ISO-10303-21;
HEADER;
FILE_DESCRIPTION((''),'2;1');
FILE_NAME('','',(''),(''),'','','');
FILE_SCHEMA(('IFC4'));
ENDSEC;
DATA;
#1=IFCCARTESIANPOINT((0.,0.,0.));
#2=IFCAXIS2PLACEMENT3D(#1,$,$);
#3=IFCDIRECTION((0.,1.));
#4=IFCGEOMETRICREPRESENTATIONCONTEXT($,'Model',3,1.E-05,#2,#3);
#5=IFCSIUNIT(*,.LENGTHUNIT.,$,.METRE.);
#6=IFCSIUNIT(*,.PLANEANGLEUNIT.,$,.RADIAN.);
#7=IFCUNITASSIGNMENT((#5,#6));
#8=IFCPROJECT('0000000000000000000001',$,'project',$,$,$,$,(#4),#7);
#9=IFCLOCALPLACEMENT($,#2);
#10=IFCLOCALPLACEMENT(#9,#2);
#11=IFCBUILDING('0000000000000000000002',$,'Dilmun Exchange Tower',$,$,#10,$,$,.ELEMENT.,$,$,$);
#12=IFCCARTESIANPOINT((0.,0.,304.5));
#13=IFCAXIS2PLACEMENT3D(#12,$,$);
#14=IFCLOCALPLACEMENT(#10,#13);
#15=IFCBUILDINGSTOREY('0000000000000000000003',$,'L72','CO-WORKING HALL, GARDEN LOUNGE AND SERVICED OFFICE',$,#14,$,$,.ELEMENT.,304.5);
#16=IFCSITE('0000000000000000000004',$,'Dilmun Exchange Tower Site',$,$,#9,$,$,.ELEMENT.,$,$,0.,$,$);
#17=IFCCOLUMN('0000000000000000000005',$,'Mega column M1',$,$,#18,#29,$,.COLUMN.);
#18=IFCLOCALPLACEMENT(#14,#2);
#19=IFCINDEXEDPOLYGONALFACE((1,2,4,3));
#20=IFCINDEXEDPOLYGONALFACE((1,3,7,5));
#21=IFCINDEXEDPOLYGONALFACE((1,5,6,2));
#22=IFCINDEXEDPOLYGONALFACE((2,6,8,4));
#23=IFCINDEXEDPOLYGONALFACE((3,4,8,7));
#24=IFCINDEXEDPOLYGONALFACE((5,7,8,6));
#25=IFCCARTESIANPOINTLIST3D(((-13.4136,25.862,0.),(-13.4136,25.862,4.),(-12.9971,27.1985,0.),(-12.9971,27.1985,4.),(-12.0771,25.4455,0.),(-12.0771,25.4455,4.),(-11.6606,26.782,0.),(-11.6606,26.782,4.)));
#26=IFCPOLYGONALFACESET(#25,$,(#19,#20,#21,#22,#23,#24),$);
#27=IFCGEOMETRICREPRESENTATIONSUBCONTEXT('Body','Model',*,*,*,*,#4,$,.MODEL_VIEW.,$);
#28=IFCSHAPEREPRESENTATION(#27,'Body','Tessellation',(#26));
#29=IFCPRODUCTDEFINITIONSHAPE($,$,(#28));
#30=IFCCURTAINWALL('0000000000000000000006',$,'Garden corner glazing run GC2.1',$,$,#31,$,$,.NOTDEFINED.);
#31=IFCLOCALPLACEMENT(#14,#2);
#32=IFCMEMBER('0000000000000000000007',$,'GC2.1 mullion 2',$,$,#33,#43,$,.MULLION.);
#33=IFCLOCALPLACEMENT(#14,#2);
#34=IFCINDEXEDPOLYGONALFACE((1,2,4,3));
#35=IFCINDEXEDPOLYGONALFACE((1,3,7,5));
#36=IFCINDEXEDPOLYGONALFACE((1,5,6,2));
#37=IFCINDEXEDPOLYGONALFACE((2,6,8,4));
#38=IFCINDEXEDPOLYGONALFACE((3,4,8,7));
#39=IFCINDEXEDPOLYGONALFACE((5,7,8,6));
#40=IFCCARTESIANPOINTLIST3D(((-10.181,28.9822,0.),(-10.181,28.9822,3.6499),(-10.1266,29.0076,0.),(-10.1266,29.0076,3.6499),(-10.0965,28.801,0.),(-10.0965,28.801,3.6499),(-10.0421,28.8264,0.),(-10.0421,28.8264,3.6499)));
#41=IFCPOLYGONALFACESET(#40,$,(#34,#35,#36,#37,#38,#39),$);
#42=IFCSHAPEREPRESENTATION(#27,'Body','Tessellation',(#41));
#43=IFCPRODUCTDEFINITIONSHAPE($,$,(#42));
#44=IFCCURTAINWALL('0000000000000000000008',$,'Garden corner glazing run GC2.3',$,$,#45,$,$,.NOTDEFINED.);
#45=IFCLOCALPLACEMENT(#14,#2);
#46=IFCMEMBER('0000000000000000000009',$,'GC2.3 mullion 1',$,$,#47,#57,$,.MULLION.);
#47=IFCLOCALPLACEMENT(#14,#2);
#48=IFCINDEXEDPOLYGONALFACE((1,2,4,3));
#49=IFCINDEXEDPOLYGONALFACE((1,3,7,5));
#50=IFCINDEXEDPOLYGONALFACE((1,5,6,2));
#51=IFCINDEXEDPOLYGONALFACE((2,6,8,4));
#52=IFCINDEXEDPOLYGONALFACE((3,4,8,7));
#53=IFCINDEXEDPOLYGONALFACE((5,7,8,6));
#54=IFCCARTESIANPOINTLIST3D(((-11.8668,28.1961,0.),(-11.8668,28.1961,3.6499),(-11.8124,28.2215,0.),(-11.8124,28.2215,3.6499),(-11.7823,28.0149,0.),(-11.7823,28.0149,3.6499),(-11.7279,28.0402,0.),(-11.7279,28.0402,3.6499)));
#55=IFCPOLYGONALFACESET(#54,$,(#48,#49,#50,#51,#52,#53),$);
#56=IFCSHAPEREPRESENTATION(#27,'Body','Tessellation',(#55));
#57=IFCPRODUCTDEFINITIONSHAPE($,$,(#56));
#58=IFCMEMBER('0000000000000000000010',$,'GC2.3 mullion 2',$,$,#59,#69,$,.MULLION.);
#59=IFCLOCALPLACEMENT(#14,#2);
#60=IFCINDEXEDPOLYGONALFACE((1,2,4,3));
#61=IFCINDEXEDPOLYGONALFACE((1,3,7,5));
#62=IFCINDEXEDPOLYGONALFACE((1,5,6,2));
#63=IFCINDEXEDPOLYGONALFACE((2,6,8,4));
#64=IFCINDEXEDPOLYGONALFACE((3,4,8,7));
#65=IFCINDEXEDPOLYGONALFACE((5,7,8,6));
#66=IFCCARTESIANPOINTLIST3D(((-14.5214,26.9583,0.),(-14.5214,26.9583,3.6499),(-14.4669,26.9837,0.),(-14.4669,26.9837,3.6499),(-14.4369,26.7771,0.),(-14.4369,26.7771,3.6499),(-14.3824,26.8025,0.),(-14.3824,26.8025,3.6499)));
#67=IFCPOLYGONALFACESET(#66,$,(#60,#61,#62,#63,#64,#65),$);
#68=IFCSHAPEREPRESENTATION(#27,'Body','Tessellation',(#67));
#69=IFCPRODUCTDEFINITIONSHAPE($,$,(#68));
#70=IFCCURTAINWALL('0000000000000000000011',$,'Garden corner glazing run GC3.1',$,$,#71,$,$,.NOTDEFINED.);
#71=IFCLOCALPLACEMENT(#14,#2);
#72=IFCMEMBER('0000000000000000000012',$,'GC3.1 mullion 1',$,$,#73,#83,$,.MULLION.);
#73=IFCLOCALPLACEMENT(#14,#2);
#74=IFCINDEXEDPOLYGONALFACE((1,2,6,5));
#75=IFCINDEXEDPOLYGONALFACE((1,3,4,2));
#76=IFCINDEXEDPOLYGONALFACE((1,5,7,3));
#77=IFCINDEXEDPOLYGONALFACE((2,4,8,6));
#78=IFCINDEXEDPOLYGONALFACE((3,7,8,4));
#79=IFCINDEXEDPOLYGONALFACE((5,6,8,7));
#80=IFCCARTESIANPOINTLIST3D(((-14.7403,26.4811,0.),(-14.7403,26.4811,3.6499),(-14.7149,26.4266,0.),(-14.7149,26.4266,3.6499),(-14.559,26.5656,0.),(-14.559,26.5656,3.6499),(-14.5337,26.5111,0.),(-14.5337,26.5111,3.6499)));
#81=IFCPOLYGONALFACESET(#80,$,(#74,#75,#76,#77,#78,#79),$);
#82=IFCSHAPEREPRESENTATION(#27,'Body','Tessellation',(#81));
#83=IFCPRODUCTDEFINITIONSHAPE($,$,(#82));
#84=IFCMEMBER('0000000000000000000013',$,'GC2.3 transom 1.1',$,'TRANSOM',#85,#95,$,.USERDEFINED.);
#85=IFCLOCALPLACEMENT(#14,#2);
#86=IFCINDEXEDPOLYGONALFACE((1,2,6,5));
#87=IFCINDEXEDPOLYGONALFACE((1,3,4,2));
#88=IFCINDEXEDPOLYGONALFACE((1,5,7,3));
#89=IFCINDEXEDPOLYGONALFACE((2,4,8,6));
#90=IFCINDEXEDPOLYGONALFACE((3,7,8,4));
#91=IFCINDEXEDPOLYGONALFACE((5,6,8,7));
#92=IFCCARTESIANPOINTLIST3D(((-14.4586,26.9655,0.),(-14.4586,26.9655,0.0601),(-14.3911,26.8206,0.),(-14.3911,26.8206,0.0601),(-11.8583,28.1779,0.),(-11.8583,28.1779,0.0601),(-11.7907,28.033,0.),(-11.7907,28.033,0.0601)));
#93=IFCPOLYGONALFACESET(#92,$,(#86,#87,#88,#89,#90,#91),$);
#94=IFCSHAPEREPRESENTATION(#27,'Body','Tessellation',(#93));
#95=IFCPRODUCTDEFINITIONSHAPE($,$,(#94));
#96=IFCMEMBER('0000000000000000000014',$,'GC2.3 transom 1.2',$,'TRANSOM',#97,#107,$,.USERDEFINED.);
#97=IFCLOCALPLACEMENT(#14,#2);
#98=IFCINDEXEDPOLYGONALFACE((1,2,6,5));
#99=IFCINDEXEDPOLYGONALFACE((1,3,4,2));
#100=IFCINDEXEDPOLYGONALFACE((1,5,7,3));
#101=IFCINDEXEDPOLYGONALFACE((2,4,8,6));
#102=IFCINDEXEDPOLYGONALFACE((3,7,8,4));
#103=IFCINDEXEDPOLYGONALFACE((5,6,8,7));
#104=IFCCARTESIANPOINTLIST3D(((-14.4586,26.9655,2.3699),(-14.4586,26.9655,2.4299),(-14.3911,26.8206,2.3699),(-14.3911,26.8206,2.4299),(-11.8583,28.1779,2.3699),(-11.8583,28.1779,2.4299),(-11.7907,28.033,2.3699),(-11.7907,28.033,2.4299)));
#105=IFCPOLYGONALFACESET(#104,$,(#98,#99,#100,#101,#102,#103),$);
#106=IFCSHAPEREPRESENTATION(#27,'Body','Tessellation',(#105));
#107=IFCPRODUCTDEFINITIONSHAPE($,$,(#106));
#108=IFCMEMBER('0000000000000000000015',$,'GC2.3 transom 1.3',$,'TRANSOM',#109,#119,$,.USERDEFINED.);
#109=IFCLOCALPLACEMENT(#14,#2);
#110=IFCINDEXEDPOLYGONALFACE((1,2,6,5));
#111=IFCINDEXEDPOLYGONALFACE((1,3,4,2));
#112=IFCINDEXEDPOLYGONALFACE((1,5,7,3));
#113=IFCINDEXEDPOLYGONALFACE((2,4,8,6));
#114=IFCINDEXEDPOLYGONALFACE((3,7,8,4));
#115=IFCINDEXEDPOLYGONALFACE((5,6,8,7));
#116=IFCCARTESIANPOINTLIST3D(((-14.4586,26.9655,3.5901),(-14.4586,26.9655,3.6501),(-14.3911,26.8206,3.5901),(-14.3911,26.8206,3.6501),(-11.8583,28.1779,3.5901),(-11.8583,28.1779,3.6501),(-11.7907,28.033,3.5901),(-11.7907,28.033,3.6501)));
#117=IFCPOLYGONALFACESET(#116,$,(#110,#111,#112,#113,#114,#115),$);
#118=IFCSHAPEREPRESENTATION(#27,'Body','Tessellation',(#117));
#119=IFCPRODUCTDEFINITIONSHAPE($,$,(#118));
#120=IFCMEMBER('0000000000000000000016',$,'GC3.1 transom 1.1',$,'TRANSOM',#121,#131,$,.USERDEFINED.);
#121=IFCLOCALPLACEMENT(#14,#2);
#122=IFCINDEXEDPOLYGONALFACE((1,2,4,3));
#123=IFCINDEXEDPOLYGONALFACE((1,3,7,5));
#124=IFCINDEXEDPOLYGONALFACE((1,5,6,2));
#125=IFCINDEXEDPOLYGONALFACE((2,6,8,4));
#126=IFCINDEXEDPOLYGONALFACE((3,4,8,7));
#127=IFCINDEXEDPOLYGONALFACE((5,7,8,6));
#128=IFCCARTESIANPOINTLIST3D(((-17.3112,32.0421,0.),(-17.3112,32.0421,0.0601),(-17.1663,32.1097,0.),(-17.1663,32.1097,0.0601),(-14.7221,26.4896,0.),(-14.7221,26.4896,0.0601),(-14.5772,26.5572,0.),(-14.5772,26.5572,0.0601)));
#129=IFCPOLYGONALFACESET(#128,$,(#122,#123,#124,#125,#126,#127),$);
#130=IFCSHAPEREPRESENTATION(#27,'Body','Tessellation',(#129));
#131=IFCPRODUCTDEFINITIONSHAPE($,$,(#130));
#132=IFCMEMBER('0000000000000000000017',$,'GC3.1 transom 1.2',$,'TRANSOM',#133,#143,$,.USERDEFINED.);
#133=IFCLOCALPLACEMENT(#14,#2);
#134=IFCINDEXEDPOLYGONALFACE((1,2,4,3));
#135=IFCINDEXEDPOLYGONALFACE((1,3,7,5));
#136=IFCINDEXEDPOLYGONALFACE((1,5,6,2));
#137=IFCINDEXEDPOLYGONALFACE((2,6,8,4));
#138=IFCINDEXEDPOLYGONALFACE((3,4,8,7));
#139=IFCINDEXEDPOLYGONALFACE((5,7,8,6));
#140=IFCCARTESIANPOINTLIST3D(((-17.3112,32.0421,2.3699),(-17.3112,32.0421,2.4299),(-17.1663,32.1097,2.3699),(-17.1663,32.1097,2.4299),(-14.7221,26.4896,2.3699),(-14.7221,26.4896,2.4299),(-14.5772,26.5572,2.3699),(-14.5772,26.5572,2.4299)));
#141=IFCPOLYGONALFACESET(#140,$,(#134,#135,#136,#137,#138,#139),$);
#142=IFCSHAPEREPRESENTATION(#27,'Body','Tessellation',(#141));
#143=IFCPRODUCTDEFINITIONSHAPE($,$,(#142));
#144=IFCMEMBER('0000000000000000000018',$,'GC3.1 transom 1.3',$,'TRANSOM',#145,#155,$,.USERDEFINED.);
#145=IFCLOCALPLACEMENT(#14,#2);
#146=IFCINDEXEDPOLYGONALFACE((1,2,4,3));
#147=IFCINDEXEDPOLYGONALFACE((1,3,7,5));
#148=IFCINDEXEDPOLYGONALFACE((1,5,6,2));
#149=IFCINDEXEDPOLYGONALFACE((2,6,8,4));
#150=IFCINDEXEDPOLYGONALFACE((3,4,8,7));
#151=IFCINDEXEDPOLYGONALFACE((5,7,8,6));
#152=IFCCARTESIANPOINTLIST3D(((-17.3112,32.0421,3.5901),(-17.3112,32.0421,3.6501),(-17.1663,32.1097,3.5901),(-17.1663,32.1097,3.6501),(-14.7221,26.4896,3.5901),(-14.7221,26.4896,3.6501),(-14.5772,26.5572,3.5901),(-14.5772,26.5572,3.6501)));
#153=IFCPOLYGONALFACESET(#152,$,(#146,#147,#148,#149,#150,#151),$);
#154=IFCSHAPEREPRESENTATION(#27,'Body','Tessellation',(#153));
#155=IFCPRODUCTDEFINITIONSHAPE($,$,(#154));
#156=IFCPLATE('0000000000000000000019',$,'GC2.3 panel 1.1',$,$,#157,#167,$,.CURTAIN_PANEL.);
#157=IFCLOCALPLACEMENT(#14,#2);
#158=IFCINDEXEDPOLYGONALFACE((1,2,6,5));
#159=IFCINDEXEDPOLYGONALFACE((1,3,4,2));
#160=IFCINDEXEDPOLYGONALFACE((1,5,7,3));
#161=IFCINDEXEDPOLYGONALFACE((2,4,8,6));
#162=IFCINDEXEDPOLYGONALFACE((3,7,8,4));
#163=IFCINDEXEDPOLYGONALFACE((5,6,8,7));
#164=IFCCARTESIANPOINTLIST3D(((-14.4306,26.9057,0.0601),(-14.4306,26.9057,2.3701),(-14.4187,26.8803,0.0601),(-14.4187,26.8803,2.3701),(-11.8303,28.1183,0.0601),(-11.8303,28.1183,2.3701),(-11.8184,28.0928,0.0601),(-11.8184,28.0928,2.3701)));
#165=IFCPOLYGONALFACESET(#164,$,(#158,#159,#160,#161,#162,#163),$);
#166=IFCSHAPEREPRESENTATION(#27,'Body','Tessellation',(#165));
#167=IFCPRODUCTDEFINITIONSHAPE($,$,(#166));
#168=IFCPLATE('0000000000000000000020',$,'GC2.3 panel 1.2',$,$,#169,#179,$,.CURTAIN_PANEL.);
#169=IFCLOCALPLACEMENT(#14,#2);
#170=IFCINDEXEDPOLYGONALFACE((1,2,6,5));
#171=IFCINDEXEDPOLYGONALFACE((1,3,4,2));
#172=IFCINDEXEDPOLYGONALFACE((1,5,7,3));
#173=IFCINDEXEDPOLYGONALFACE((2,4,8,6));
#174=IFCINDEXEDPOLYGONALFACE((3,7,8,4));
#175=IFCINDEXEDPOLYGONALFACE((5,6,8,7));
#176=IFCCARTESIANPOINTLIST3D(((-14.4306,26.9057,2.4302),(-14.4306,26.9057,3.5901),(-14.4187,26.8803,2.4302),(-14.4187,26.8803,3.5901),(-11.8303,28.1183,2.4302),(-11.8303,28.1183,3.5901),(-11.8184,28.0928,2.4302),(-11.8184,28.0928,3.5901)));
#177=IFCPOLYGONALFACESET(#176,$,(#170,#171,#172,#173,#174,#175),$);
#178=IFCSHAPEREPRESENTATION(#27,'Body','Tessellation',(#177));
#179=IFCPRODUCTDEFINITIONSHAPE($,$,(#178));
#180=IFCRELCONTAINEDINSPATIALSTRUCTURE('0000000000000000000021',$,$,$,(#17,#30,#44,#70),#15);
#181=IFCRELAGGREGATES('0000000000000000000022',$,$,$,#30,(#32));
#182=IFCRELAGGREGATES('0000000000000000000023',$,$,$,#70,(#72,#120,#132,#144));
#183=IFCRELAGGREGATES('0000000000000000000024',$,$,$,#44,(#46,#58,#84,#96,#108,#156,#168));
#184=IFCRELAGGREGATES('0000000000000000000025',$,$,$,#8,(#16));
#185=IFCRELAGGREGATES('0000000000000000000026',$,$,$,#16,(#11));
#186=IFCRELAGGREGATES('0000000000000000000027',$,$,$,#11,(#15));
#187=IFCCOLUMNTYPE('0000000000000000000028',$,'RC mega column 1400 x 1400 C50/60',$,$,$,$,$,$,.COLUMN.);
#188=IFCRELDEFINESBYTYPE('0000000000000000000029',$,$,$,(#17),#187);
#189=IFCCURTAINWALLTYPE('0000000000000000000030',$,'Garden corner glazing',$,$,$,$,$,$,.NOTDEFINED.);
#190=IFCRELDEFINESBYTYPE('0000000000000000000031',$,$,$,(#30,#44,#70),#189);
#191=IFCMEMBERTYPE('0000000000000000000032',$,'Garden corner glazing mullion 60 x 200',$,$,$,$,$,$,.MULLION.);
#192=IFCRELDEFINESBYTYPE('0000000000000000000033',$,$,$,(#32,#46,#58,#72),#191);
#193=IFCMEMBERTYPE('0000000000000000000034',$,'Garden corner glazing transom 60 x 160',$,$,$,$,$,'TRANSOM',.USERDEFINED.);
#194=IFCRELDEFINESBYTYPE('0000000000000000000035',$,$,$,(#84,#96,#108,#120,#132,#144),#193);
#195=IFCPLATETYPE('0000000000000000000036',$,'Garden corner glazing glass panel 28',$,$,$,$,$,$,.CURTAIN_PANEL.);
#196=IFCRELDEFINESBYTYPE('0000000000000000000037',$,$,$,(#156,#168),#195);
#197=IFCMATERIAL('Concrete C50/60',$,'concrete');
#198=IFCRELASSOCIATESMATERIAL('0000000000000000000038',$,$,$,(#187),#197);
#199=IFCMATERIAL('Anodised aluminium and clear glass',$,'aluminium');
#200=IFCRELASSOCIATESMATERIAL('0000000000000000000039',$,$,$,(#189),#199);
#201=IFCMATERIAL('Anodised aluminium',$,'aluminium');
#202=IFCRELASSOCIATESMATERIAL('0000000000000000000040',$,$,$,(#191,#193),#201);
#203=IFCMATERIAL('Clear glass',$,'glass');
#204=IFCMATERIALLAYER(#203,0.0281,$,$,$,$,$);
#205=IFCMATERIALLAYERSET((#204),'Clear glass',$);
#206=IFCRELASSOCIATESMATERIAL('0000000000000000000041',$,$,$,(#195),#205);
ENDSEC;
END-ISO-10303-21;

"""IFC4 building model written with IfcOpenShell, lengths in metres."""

from ifc_helpers import new_model, si_unit, direction, frame, origin, origin_2d, place, context, subcontext, project, spatial, rectangle, extrude, material, layer, layer_set, material_profile, profile_set, type_object, element, aggregate, save


model = new_model("IFC4")

# Units and contexts
model_context = context("Model", 3, precision=1e-05, world=origin(), true_north=direction((0.0, 1.0)))
body_context = subcontext(model_context, "Body", "Model", "MODEL_VIEW")
ifc_project = project(units=[si_unit("LENGTHUNIT", "METRE"), si_unit("PLANEANGLEUNIT", "RADIAN")], contexts=[model_context])

# Site, building, storey
site_placement = place(None, origin())
site = spatial("IfcSite", under=ifc_project, at=site_placement, Name="Dilmun Exchange Tower Site", CompositionType="ELEMENT", RefElevation=0.0)
building_placement = place(site_placement, origin())
building = spatial("IfcBuilding", under=site, at=building_placement, Name="Dilmun Exchange Tower", CompositionType="ELEMENT")
storey_placement = place(building_placement, frame((0.0, 0.0, 304.5)))
storey = spatial("IfcBuildingStorey", under=building, at=storey_placement, Name="L72", Description="CO-WORKING HALL, GARDEN LOUNGE AND SERVICED OFFICE", CompositionType="ELEMENT", Elevation=304.5)

# Column
ifc_material_1 = material(Name="Concrete C50/60", Category="concrete")
ifc_material_profile_1 = material_profile(ifc_material_1, rectangle(XDim=1.3999, YDim=1.3999, at=origin_2d()), Name="1400 x 1400")
ifc_profile_set_1 = profile_set([ifc_material_profile_1], Name="Concrete C50/60")
column_type = type_object("IfcColumnType", Name="RC mega column 1400 x 1400 C50/60", PredefinedType="COLUMN", material=ifc_profile_set_1)
column_placement = place(storey_placement, frame((-12.5371, 26.322, 0.0), z_axis=(0.0, 0.0, 1.0), x_axis=(0.297503, 0.954721, 0.0)))
element("IfcColumn", 1, at=column_placement, inside=storey, type_object=column_type, Name="Mega column M1", PredefinedType="COLUMN", context=body_context, shape_type="SweptSolid", body=[
    extrude(rectangle(XDim=1.3999, YDim=1.3999, at=origin_2d()), origin(), (0.0, 0.0, 1.0), 4.0),
])

# Curtain wall, member
ifc_material_2 = material(Name="Anodised aluminium and clear glass", Category="aluminium")
curtain_wall_type = type_object("IfcCurtainWallType", Name="Garden corner glazing", PredefinedType="NOTDEFINED", material=ifc_material_2)
curtain_wall_1_placement = place(storey_placement, origin())
curtain_wall_1 = element("IfcCurtainWall", 2, at=curtain_wall_1_placement, inside=storey, type_object=curtain_wall_type, Name="Garden corner glazing run GC2.1", PredefinedType="NOTDEFINED")
ifc_material_3 = material(Name="Anodised aluminium", Category="aluminium")
ifc_material_profile_2 = material_profile(ifc_material_3, rectangle(XDim=0.2, YDim=0.0601, at=origin_2d()), Name="AL 60x200")
ifc_profile_set_2 = profile_set([ifc_material_profile_2], Name="Anodised aluminium")
member_type_1 = type_object("IfcMemberType", Name="Garden corner glazing mullion 60 x 200", PredefinedType="MULLION", material=ifc_profile_set_2)
member_1_placement = place(storey_placement, frame((-10.1116, 28.9043, 0.0), z_axis=(0.0, 0.0, 1.0), x_axis=(0.422611, -0.906311, 0.0)))
member_1 = element("IfcMember", 3, at=member_1_placement, type_object=member_type_1, Name="GC2.1 mullion 2", PredefinedType="MULLION", context=body_context, shape_type="SweptSolid", body=[
    extrude(rectangle(XDim=0.2, YDim=0.0601, at=origin_2d()), origin(), (0.0, 0.0, 1.0), 3.6499),
])
aggregate(curtain_wall_1, [member_1])

# Curtain wall, members
curtain_wall_2_placement = place(storey_placement, origin())
curtain_wall_2 = element("IfcCurtainWall", 4, at=curtain_wall_2_placement, inside=storey, type_object=curtain_wall_type, Name="Garden corner glazing run GC2.3", PredefinedType="NOTDEFINED")
member_2_placement = place(storey_placement, frame((-11.7974, 28.1182, 0.0), z_axis=(0.0, 0.0, 1.0), x_axis=(0.422611, -0.906311, 0.0)))
member_2 = element("IfcMember", 5, at=member_2_placement, type_object=member_type_1, Name="GC2.3 mullion 1", PredefinedType="MULLION", context=body_context, shape_type="SweptSolid", body=[
    extrude(rectangle(XDim=0.2, YDim=0.0601, at=origin_2d()), origin(), (0.0, 0.0, 1.0), 3.6499),
])
member_3_placement = place(storey_placement, frame((-14.4519, 26.8804, 0.0), z_axis=(0.0, 0.0, 1.0), x_axis=(0.422611, -0.906311, 0.0)))
member_3 = element("IfcMember", 6, at=member_3_placement, type_object=member_type_1, Name="GC2.3 mullion 2", PredefinedType="MULLION", context=body_context, shape_type="SweptSolid", body=[
    extrude(rectangle(XDim=0.2, YDim=0.0601, at=origin_2d()), origin(), (0.0, 0.0, 1.0), 3.6499),
])

# Curtain wall, member
curtain_wall_3_placement = place(storey_placement, origin())
curtain_wall_3 = element("IfcCurtainWall", 7, at=curtain_wall_3_placement, inside=storey, type_object=curtain_wall_type, Name="Garden corner glazing run GC3.1", PredefinedType="NOTDEFINED")
member_4_placement = place(storey_placement, frame((-14.637, 26.4961, 0.0), z_axis=(0.0, 0.0, 1.0), x_axis=(-0.906305, -0.422623, 0.0)))
member_4 = element("IfcMember", 8, at=member_4_placement, type_object=member_type_1, Name="GC3.1 mullion 1", PredefinedType="MULLION", context=body_context, shape_type="SweptSolid", body=[
    extrude(rectangle(XDim=0.2, YDim=0.0601, at=origin_2d()), origin(), (0.0, 0.0, 1.0), 3.6499),
])

# Members
ifc_material_profile_3 = material_profile(ifc_material_3, rectangle(XDim=0.1599, YDim=0.0601, at=origin_2d()), Name="AL 60x160")
ifc_profile_set_3 = profile_set([ifc_material_profile_3], Name="Anodised aluminium")
member_type_2 = type_object("IfcMemberType", Name="Garden corner glazing transom 60 x 160", ElementType="TRANSOM", PredefinedType="USERDEFINED", material=ifc_profile_set_3)
member_5_placement = place(storey_placement, frame((-11.8245, 28.1055, 0.03), z_axis=(-0.906329, -0.422573, 0.0), x_axis=(0.422573, -0.906329, 0.0)))
member_5 = element("IfcMember", 9, at=member_5_placement, type_object=member_type_2, Name="GC2.3 transom 1.1", ObjectType="TRANSOM", PredefinedType="USERDEFINED", context=body_context, shape_type="SweptSolid", body=[
    extrude(rectangle(XDim=0.1599, YDim=0.0601, at=origin_2d()), origin(), (0.0, 0.0, 1.0), 2.8691),
])
member_6_placement = place(storey_placement, frame((-11.8245, 28.1055, 2.3999), z_axis=(-0.906329, -0.422573, 0.0), x_axis=(0.422573, -0.906329, 0.0)))
member_6 = element("IfcMember", 10, at=member_6_placement, type_object=member_type_2, Name="GC2.3 transom 1.2", ObjectType="TRANSOM", PredefinedType="USERDEFINED", context=body_context, shape_type="SweptSolid", body=[
    extrude(rectangle(XDim=0.1599, YDim=0.0601, at=origin_2d()), origin(), (0.0, 0.0, 1.0), 2.8691),
])
member_7_placement = place(storey_placement, frame((-11.8245, 28.1055, 3.6201), z_axis=(-0.906329, -0.422573, 0.0), x_axis=(0.422573, -0.906329, 0.0)))
member_7 = element("IfcMember", 11, at=member_7_placement, type_object=member_type_2, Name="GC2.3 transom 1.3", ObjectType="TRANSOM", PredefinedType="USERDEFINED", context=body_context, shape_type="SweptSolid", body=[
    extrude(rectangle(XDim=0.1599, YDim=0.0601, at=origin_2d()), origin(), (0.0, 0.0, 1.0), 2.8691),
])
member_8_placement = place(storey_placement, frame((-14.6497, 26.5234, 0.03), z_axis=(-0.422611, 0.906311, 0.0), x_axis=(-0.906311, -0.422611, 0.0)))
member_8 = element("IfcMember", 12, at=member_8_placement, type_object=member_type_2, Name="GC3.1 transom 1.1", ObjectType="TRANSOM", PredefinedType="USERDEFINED", context=body_context, shape_type="SweptSolid", body=[
    extrude(rectangle(XDim=0.1599, YDim=0.0601, at=origin_2d()), origin(), (0.0, 0.0, 1.0), 6.1265),
])
member_9_placement = place(storey_placement, frame((-14.6497, 26.5234, 2.3999), z_axis=(-0.422611, 0.906311, 0.0), x_axis=(-0.906311, -0.422611, 0.0)))
member_9 = element("IfcMember", 13, at=member_9_placement, type_object=member_type_2, Name="GC3.1 transom 1.2", ObjectType="TRANSOM", PredefinedType="USERDEFINED", context=body_context, shape_type="SweptSolid", body=[
    extrude(rectangle(XDim=0.1599, YDim=0.0601, at=origin_2d()), origin(), (0.0, 0.0, 1.0), 6.1265),
])
member_10_placement = place(storey_placement, frame((-14.6497, 26.5234, 3.6201), z_axis=(-0.422611, 0.906311, 0.0), x_axis=(-0.906311, -0.422611, 0.0)))
member_10 = element("IfcMember", 14, at=member_10_placement, type_object=member_type_2, Name="GC3.1 transom 1.3", ObjectType="TRANSOM", PredefinedType="USERDEFINED", context=body_context, shape_type="SweptSolid", body=[
    extrude(rectangle(XDim=0.1599, YDim=0.0601, at=origin_2d()), origin(), (0.0, 0.0, 1.0), 6.1265),
])
aggregate(curtain_wall_3, [member_4, member_8, member_9, member_10])

# Plates
ifc_material_4 = material(Name="Clear glass", Category="glass")
ifc_layer_1 = layer(ifc_material_4, 0.0281)
ifc_layer_set_1 = layer_set([ifc_layer_1], Name="Clear glass")
plate_type = type_object("IfcPlateType", Name="Garden corner glazing glass panel 28", PredefinedType="CURTAIN_PANEL", material=ifc_layer_set_1)
plate_1_placement = place(storey_placement, frame((-13.1245, 27.4993, 0.0601), z_axis=(0.0, 0.0, 1.0), x_axis=(-0.906311, -0.422611, 0.0)))
plate_1 = element("IfcPlate", 15, at=plate_1_placement, type_object=plate_type, Name="GC2.3 panel 1.1", PredefinedType="CURTAIN_PANEL", context=body_context, shape_type="SweptSolid", body=[
    extrude(rectangle(XDim=2.8691, YDim=0.0281, at=origin_2d()), origin(), (0.0, 0.0, 1.0), 2.3101),
])
plate_2_placement = place(storey_placement, frame((-13.1245, 27.4993, 2.4302), z_axis=(0.0, 0.0, 1.0), x_axis=(-0.906311, -0.422611, 0.0)))
plate_2 = element("IfcPlate", 16, at=plate_2_placement, type_object=plate_type, Name="GC2.3 panel 1.2", PredefinedType="CURTAIN_PANEL", context=body_context, shape_type="SweptSolid", body=[
    extrude(rectangle(XDim=2.8691, YDim=0.0281, at=origin_2d()), origin(), (0.0, 0.0, 1.0), 1.1599),
])
aggregate(curtain_wall_2, [member_2, member_3, member_5, member_6, member_7, plate_1, plate_2])

save(model, "model.ifc")
